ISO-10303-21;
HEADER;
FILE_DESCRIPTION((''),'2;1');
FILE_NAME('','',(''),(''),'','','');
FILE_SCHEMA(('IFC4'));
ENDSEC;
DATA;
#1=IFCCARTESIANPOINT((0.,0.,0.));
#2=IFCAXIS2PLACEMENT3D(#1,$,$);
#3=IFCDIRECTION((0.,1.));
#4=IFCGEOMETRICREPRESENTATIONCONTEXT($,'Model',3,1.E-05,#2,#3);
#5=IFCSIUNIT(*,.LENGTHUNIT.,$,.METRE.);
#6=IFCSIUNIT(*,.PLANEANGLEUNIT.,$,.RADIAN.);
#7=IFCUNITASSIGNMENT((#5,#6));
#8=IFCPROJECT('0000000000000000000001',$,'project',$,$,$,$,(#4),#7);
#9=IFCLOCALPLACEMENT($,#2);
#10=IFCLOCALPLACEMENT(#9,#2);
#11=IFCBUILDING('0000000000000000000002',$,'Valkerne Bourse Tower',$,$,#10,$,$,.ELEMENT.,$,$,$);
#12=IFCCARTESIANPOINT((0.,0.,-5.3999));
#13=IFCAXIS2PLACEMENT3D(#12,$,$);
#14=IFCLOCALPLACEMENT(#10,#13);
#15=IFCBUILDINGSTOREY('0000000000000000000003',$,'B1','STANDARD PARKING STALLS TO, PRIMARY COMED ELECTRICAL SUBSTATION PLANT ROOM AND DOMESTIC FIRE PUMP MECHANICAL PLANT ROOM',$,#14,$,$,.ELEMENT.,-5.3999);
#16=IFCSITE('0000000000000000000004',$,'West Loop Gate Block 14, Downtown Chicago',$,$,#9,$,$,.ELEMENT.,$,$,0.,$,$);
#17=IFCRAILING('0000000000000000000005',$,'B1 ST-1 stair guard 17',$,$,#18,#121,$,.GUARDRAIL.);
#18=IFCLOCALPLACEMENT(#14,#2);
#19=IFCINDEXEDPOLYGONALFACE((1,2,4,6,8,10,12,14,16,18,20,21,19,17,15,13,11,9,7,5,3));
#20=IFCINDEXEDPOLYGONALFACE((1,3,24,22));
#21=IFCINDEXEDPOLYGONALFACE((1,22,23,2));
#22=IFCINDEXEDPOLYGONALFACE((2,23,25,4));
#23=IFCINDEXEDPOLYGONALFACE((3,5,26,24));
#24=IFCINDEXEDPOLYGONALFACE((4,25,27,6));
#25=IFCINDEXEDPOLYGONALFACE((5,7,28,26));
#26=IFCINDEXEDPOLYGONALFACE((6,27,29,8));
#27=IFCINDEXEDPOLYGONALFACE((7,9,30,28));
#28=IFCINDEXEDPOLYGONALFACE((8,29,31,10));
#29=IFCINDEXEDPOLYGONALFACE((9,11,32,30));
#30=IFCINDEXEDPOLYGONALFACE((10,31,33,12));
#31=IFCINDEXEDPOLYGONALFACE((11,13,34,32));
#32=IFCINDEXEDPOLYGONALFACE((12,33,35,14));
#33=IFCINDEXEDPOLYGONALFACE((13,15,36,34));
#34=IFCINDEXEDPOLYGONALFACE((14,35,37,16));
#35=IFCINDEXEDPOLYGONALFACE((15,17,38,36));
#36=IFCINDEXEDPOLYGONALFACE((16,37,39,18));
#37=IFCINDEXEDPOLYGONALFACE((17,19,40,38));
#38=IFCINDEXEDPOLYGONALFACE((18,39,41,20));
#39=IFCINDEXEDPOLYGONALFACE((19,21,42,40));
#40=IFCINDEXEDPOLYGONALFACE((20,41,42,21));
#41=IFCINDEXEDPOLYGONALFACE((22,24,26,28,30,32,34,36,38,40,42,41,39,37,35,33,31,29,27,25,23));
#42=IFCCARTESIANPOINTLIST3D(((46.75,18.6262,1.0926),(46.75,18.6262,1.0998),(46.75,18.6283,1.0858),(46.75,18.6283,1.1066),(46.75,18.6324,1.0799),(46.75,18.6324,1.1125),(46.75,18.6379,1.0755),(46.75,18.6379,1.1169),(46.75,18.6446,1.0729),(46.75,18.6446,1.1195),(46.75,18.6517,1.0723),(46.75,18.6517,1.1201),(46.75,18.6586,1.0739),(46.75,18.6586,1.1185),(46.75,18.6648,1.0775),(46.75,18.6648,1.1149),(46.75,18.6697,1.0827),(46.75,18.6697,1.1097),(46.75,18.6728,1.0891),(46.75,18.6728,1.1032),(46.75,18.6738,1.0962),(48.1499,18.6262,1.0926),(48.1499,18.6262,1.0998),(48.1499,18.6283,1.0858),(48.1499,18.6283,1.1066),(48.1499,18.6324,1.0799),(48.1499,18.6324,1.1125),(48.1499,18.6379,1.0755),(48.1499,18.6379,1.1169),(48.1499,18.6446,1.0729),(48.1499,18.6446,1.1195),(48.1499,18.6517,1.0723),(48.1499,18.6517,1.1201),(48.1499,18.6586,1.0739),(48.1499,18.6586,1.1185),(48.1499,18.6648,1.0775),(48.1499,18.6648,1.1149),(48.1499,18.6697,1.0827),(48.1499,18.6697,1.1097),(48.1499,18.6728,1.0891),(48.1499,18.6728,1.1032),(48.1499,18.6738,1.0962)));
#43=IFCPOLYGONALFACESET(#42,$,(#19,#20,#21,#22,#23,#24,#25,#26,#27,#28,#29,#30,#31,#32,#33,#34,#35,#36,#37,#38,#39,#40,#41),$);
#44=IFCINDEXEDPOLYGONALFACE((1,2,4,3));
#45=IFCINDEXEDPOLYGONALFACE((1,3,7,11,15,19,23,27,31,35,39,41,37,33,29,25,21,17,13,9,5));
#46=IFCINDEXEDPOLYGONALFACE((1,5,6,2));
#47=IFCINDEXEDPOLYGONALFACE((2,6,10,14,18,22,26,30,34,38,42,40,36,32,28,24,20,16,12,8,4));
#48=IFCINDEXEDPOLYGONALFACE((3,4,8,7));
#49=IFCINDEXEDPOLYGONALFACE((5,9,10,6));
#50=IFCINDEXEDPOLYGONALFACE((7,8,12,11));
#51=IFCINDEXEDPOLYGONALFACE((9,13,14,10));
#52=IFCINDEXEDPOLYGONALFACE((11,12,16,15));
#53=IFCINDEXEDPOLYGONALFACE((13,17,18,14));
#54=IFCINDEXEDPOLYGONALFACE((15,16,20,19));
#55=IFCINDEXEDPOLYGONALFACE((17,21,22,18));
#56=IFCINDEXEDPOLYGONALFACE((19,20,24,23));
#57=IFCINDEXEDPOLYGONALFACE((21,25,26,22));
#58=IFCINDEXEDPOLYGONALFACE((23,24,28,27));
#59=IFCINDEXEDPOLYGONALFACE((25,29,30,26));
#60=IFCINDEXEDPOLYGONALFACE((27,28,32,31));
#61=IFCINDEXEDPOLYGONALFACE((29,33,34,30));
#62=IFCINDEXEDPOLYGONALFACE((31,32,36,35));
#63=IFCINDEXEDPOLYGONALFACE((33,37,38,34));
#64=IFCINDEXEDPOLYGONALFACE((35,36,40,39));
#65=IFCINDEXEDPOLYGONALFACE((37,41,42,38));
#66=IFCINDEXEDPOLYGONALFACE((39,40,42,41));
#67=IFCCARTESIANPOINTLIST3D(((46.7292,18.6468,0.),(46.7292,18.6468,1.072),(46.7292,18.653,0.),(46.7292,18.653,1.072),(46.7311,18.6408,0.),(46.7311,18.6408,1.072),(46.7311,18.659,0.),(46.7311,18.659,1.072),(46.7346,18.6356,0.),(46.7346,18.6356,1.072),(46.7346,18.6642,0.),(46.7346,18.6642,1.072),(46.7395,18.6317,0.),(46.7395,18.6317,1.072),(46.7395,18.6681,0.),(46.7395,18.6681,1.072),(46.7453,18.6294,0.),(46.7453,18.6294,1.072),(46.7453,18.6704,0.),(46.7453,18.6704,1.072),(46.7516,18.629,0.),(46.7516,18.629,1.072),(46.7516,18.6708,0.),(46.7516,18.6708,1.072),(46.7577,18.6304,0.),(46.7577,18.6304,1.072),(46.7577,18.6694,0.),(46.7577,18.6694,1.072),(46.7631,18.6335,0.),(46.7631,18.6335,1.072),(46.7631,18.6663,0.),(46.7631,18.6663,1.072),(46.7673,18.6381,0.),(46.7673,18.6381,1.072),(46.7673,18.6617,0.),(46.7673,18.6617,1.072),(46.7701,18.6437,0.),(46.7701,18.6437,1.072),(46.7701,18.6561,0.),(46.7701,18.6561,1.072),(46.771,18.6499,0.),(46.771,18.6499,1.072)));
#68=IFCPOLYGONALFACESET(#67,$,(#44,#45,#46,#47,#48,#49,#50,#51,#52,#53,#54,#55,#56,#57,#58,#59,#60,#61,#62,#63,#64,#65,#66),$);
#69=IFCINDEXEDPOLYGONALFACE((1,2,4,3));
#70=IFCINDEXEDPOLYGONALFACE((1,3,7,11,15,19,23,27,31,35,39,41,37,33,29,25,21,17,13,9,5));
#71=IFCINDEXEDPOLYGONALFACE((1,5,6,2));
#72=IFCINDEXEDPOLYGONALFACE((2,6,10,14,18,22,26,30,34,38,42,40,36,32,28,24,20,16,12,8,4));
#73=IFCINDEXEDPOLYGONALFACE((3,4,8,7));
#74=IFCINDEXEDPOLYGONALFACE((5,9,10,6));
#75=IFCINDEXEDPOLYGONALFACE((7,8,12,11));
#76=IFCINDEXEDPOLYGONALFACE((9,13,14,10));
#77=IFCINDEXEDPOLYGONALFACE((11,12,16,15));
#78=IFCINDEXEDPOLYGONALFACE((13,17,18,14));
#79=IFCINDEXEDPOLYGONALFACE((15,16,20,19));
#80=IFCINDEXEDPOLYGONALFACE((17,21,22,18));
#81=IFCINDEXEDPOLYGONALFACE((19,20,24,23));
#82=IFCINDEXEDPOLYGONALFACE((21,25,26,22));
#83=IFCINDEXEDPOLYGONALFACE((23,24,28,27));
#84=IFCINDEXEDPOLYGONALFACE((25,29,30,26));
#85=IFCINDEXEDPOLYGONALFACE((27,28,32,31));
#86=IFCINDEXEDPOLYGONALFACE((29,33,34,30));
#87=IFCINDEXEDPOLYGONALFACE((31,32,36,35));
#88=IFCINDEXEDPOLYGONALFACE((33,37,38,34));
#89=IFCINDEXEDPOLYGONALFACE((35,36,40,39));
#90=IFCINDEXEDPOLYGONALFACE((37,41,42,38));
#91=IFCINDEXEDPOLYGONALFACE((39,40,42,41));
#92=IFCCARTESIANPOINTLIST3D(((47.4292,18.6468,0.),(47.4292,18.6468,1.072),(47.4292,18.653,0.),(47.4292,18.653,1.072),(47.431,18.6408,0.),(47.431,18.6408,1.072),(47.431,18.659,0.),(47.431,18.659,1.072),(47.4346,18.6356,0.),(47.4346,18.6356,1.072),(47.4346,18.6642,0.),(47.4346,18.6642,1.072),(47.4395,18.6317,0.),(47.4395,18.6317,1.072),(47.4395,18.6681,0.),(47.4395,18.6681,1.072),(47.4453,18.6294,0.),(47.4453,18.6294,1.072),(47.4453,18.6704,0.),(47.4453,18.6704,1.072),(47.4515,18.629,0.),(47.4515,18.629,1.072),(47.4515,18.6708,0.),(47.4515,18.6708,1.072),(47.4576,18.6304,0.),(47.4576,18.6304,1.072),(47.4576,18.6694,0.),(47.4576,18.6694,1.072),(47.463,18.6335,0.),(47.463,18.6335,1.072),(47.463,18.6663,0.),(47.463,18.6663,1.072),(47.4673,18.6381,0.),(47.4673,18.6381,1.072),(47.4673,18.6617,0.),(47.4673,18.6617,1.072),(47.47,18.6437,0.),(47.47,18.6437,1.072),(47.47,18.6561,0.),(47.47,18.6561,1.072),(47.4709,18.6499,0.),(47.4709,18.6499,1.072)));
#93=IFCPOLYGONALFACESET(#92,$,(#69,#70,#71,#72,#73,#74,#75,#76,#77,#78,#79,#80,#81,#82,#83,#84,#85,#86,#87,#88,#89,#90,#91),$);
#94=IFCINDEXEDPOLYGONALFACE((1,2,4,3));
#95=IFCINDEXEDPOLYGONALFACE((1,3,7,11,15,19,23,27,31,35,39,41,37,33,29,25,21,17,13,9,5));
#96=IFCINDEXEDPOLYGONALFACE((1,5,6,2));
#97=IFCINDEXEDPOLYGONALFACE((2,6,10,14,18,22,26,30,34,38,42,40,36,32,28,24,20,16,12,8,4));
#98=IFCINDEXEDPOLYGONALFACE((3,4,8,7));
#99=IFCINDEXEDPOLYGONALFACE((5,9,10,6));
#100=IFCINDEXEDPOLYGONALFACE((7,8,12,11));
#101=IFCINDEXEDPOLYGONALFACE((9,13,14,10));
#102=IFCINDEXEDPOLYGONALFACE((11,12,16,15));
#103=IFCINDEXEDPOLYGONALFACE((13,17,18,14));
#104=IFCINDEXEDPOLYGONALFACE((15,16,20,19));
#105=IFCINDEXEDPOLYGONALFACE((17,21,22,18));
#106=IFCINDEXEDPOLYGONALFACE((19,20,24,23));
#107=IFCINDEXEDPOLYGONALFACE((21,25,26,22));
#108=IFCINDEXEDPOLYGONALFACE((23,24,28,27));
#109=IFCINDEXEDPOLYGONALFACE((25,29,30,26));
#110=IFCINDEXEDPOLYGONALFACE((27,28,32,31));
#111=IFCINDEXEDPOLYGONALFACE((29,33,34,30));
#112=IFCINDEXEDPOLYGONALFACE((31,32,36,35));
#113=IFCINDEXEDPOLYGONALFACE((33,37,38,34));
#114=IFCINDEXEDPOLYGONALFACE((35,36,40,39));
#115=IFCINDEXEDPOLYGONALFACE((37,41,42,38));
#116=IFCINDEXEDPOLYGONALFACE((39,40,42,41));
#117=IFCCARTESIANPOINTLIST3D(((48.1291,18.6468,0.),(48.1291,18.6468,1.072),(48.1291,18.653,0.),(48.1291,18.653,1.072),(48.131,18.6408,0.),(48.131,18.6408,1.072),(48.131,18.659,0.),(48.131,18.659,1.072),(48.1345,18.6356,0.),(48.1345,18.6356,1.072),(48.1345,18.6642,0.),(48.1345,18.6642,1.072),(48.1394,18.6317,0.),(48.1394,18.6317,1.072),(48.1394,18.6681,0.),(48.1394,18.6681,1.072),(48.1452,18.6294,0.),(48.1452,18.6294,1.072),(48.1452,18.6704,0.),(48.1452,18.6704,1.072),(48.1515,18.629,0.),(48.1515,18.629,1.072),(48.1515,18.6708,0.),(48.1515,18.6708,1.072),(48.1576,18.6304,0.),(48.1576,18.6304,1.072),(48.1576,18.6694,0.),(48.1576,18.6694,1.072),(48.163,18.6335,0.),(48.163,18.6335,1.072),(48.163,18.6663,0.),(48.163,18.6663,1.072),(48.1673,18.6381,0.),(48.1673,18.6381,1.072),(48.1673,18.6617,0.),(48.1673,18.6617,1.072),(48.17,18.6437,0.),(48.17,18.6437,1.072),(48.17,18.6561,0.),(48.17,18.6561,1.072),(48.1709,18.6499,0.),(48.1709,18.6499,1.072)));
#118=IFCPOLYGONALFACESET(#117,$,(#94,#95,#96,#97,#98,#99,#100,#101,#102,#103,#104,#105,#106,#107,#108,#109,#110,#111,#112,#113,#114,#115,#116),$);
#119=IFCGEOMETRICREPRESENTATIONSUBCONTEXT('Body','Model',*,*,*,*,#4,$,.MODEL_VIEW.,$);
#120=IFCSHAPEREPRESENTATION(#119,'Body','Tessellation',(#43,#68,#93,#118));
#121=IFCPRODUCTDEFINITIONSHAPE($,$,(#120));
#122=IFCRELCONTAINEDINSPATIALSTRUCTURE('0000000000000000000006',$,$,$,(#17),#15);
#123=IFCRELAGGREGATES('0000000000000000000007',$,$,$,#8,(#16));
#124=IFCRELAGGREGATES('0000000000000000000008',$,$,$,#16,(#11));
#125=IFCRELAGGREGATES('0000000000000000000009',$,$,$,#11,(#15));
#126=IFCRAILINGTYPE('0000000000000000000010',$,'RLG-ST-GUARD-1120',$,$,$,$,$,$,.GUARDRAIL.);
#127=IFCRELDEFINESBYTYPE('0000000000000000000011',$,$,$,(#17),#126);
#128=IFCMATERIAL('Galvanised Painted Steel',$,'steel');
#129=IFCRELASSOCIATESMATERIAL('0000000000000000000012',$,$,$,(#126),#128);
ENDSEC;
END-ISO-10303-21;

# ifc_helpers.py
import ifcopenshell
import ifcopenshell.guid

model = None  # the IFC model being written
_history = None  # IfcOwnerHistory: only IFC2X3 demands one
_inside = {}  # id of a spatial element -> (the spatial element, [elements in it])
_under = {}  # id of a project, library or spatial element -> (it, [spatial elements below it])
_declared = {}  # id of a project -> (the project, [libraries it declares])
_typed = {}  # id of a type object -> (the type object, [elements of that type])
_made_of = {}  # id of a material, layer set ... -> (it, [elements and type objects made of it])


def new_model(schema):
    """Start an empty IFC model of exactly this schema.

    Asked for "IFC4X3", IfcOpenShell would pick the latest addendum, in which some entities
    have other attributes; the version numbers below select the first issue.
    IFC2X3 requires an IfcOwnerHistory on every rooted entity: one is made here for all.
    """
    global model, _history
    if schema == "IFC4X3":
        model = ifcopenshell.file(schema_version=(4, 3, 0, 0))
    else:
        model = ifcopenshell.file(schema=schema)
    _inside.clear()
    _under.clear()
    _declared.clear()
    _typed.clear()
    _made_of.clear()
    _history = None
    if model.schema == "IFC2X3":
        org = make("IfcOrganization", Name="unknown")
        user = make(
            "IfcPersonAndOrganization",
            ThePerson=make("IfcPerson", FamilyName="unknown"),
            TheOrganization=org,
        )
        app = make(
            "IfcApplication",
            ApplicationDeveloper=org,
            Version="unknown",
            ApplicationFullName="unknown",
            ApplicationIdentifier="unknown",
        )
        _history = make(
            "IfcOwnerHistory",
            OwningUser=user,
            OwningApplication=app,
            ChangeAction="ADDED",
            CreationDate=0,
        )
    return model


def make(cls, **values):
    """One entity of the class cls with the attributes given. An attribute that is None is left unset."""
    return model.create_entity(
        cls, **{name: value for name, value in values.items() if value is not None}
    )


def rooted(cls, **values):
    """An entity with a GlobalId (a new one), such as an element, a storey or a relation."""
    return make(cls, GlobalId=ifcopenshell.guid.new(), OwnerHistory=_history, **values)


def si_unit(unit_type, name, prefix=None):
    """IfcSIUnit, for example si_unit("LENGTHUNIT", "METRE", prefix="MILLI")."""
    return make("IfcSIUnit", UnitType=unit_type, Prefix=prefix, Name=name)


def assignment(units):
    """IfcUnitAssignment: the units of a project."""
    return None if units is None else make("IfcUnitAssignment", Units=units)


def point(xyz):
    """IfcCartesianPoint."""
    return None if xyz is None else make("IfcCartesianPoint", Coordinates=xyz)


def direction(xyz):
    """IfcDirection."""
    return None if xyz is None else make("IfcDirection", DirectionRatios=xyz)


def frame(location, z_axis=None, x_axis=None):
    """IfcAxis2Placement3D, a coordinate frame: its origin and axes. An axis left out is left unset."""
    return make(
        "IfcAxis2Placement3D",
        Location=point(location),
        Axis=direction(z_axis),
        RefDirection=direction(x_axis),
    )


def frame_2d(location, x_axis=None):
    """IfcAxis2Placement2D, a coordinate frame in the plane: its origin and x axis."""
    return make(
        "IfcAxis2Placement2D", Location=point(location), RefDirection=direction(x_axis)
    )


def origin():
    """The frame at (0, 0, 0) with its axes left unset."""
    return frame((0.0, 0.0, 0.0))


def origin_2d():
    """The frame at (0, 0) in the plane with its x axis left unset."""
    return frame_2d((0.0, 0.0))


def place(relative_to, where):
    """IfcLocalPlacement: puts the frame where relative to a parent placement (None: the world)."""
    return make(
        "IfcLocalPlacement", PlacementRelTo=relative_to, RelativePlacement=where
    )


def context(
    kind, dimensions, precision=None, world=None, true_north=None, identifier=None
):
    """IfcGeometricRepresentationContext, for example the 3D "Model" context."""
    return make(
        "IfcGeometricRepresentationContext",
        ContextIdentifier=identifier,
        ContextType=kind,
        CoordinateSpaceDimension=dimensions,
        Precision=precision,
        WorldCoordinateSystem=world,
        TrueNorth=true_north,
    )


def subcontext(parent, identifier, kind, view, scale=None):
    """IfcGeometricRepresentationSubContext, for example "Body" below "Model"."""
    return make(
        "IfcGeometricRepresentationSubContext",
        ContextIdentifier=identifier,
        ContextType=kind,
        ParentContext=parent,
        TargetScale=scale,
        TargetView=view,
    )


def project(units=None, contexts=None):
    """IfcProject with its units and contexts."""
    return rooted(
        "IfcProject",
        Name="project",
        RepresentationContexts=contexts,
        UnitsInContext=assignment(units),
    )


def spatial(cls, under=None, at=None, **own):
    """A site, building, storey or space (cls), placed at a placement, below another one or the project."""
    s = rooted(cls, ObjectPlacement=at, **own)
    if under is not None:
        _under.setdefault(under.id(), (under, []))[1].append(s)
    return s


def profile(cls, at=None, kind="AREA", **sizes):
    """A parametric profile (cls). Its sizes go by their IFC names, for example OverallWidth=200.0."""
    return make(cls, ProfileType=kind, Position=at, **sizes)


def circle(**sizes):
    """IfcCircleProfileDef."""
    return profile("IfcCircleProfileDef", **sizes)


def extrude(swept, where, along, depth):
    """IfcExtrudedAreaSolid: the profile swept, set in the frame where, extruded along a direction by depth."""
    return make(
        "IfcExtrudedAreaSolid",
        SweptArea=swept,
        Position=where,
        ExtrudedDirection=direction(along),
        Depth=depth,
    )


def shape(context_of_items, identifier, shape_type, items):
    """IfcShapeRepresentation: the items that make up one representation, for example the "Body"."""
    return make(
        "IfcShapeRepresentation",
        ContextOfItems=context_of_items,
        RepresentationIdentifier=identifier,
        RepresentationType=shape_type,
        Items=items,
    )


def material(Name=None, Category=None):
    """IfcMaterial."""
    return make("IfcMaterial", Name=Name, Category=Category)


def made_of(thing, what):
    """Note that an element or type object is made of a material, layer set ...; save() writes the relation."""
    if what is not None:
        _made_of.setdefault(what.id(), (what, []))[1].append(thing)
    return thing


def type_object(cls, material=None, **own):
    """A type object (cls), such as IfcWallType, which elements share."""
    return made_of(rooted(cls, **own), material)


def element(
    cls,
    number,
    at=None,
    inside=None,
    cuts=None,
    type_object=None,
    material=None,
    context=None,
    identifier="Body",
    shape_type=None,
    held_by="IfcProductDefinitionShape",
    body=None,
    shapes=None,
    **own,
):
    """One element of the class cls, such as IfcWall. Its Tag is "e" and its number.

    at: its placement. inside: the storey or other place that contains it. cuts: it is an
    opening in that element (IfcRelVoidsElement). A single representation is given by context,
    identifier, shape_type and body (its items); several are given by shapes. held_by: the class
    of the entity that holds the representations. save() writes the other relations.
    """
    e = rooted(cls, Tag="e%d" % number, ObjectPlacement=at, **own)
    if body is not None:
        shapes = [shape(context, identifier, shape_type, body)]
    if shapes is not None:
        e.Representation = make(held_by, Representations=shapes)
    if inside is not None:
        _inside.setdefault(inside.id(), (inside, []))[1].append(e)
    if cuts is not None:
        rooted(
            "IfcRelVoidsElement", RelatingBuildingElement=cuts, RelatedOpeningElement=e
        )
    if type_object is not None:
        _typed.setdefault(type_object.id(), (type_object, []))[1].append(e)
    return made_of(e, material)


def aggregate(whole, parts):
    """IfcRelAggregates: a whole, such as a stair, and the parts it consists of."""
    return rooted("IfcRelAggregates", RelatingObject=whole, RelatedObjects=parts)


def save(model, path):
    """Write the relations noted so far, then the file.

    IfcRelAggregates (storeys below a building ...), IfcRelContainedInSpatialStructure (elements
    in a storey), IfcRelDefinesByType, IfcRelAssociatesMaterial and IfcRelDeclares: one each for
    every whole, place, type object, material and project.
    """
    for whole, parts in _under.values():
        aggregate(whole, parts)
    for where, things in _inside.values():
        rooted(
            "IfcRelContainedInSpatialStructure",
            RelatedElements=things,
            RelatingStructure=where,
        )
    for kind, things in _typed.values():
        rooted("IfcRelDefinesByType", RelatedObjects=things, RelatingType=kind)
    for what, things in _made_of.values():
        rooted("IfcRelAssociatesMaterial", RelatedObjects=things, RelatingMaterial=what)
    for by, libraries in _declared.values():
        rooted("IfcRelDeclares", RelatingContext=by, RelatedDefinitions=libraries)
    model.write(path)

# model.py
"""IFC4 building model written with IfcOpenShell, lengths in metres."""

from ifc_helpers import new_model, si_unit, direction, frame, origin, origin_2d, place, context, subcontext, project, spatial, circle, extrude, material, type_object, element, save


model = new_model("IFC4")

# Units and contexts
model_context = context("Model", 3, precision=1e-05, world=origin(), true_north=direction((0.0, 1.0)))
body_context = subcontext(model_context, "Body", "Model", "MODEL_VIEW")
ifc_project = project(units=[si_unit("LENGTHUNIT", "METRE"), si_unit("PLANEANGLEUNIT", "RADIAN")], contexts=[model_context])

# Site, building, storey
site_placement = place(None, origin())
site = spatial("IfcSite", under=ifc_project, at=site_placement, Name="West Loop Gate Block 14, Downtown Chicago", CompositionType="ELEMENT", RefElevation=0.0)
building_placement = place(site_placement, origin())
building = spatial("IfcBuilding", under=site, at=building_placement, Name="Valkerne Bourse Tower", CompositionType="ELEMENT")
storey_placement = place(building_placement, frame((0.0, 0.0, -5.3999)))
storey = spatial("IfcBuildingStorey", under=building, at=storey_placement, Name="B1", Description="STANDARD PARKING STALLS TO, PRIMARY COMED ELECTRICAL SUBSTATION PLANT ROOM AND DOMESTIC FIRE PUMP MECHANICAL PLANT ROOM", CompositionType="ELEMENT", Elevation=-5.3999)

# Railing
ifc_material_1 = material(Name="Galvanised Painted Steel", Category="steel")
railing_type_1 = type_object("IfcRailingType", Name="RLG-ST-GUARD-1120", PredefinedType="GUARDRAIL", material=ifc_material_1)
railing_1_placement = place(storey_placement, frame((46.75, 18.6499, 0.0)))
element("IfcRailing", 1, at=railing_1_placement, inside=storey, type_object=railing_type_1, Name="B1 ST-1 stair guard 17", PredefinedType="GUARDRAIL", context=body_context, shape_type="SweptSolid", body=[
    extrude(circle(Radius=0.0239, at=origin_2d()), frame((0.0, 0.0, 1.0962), z_axis=(1.0, 0.0, 0.0), x_axis=(0.0, 1.0, 0.0)), (0.0, 0.0, 1.0), 1.3999),
    extrude(circle(Radius=0.021, at=origin_2d()), origin(), (0.0, 0.0, 1.0), 1.072),
    extrude(circle(Radius=0.021, at=origin_2d()), frame((0.7, 0.0, 0.0)), (0.0, 0.0, 1.0), 1.072),
    extrude(circle(Radius=0.021, at=origin_2d()), frame((1.3999, 0.0, 0.0)), (0.0, 0.0, 1.0), 1.072),
])

save(model, "model.ifc")
